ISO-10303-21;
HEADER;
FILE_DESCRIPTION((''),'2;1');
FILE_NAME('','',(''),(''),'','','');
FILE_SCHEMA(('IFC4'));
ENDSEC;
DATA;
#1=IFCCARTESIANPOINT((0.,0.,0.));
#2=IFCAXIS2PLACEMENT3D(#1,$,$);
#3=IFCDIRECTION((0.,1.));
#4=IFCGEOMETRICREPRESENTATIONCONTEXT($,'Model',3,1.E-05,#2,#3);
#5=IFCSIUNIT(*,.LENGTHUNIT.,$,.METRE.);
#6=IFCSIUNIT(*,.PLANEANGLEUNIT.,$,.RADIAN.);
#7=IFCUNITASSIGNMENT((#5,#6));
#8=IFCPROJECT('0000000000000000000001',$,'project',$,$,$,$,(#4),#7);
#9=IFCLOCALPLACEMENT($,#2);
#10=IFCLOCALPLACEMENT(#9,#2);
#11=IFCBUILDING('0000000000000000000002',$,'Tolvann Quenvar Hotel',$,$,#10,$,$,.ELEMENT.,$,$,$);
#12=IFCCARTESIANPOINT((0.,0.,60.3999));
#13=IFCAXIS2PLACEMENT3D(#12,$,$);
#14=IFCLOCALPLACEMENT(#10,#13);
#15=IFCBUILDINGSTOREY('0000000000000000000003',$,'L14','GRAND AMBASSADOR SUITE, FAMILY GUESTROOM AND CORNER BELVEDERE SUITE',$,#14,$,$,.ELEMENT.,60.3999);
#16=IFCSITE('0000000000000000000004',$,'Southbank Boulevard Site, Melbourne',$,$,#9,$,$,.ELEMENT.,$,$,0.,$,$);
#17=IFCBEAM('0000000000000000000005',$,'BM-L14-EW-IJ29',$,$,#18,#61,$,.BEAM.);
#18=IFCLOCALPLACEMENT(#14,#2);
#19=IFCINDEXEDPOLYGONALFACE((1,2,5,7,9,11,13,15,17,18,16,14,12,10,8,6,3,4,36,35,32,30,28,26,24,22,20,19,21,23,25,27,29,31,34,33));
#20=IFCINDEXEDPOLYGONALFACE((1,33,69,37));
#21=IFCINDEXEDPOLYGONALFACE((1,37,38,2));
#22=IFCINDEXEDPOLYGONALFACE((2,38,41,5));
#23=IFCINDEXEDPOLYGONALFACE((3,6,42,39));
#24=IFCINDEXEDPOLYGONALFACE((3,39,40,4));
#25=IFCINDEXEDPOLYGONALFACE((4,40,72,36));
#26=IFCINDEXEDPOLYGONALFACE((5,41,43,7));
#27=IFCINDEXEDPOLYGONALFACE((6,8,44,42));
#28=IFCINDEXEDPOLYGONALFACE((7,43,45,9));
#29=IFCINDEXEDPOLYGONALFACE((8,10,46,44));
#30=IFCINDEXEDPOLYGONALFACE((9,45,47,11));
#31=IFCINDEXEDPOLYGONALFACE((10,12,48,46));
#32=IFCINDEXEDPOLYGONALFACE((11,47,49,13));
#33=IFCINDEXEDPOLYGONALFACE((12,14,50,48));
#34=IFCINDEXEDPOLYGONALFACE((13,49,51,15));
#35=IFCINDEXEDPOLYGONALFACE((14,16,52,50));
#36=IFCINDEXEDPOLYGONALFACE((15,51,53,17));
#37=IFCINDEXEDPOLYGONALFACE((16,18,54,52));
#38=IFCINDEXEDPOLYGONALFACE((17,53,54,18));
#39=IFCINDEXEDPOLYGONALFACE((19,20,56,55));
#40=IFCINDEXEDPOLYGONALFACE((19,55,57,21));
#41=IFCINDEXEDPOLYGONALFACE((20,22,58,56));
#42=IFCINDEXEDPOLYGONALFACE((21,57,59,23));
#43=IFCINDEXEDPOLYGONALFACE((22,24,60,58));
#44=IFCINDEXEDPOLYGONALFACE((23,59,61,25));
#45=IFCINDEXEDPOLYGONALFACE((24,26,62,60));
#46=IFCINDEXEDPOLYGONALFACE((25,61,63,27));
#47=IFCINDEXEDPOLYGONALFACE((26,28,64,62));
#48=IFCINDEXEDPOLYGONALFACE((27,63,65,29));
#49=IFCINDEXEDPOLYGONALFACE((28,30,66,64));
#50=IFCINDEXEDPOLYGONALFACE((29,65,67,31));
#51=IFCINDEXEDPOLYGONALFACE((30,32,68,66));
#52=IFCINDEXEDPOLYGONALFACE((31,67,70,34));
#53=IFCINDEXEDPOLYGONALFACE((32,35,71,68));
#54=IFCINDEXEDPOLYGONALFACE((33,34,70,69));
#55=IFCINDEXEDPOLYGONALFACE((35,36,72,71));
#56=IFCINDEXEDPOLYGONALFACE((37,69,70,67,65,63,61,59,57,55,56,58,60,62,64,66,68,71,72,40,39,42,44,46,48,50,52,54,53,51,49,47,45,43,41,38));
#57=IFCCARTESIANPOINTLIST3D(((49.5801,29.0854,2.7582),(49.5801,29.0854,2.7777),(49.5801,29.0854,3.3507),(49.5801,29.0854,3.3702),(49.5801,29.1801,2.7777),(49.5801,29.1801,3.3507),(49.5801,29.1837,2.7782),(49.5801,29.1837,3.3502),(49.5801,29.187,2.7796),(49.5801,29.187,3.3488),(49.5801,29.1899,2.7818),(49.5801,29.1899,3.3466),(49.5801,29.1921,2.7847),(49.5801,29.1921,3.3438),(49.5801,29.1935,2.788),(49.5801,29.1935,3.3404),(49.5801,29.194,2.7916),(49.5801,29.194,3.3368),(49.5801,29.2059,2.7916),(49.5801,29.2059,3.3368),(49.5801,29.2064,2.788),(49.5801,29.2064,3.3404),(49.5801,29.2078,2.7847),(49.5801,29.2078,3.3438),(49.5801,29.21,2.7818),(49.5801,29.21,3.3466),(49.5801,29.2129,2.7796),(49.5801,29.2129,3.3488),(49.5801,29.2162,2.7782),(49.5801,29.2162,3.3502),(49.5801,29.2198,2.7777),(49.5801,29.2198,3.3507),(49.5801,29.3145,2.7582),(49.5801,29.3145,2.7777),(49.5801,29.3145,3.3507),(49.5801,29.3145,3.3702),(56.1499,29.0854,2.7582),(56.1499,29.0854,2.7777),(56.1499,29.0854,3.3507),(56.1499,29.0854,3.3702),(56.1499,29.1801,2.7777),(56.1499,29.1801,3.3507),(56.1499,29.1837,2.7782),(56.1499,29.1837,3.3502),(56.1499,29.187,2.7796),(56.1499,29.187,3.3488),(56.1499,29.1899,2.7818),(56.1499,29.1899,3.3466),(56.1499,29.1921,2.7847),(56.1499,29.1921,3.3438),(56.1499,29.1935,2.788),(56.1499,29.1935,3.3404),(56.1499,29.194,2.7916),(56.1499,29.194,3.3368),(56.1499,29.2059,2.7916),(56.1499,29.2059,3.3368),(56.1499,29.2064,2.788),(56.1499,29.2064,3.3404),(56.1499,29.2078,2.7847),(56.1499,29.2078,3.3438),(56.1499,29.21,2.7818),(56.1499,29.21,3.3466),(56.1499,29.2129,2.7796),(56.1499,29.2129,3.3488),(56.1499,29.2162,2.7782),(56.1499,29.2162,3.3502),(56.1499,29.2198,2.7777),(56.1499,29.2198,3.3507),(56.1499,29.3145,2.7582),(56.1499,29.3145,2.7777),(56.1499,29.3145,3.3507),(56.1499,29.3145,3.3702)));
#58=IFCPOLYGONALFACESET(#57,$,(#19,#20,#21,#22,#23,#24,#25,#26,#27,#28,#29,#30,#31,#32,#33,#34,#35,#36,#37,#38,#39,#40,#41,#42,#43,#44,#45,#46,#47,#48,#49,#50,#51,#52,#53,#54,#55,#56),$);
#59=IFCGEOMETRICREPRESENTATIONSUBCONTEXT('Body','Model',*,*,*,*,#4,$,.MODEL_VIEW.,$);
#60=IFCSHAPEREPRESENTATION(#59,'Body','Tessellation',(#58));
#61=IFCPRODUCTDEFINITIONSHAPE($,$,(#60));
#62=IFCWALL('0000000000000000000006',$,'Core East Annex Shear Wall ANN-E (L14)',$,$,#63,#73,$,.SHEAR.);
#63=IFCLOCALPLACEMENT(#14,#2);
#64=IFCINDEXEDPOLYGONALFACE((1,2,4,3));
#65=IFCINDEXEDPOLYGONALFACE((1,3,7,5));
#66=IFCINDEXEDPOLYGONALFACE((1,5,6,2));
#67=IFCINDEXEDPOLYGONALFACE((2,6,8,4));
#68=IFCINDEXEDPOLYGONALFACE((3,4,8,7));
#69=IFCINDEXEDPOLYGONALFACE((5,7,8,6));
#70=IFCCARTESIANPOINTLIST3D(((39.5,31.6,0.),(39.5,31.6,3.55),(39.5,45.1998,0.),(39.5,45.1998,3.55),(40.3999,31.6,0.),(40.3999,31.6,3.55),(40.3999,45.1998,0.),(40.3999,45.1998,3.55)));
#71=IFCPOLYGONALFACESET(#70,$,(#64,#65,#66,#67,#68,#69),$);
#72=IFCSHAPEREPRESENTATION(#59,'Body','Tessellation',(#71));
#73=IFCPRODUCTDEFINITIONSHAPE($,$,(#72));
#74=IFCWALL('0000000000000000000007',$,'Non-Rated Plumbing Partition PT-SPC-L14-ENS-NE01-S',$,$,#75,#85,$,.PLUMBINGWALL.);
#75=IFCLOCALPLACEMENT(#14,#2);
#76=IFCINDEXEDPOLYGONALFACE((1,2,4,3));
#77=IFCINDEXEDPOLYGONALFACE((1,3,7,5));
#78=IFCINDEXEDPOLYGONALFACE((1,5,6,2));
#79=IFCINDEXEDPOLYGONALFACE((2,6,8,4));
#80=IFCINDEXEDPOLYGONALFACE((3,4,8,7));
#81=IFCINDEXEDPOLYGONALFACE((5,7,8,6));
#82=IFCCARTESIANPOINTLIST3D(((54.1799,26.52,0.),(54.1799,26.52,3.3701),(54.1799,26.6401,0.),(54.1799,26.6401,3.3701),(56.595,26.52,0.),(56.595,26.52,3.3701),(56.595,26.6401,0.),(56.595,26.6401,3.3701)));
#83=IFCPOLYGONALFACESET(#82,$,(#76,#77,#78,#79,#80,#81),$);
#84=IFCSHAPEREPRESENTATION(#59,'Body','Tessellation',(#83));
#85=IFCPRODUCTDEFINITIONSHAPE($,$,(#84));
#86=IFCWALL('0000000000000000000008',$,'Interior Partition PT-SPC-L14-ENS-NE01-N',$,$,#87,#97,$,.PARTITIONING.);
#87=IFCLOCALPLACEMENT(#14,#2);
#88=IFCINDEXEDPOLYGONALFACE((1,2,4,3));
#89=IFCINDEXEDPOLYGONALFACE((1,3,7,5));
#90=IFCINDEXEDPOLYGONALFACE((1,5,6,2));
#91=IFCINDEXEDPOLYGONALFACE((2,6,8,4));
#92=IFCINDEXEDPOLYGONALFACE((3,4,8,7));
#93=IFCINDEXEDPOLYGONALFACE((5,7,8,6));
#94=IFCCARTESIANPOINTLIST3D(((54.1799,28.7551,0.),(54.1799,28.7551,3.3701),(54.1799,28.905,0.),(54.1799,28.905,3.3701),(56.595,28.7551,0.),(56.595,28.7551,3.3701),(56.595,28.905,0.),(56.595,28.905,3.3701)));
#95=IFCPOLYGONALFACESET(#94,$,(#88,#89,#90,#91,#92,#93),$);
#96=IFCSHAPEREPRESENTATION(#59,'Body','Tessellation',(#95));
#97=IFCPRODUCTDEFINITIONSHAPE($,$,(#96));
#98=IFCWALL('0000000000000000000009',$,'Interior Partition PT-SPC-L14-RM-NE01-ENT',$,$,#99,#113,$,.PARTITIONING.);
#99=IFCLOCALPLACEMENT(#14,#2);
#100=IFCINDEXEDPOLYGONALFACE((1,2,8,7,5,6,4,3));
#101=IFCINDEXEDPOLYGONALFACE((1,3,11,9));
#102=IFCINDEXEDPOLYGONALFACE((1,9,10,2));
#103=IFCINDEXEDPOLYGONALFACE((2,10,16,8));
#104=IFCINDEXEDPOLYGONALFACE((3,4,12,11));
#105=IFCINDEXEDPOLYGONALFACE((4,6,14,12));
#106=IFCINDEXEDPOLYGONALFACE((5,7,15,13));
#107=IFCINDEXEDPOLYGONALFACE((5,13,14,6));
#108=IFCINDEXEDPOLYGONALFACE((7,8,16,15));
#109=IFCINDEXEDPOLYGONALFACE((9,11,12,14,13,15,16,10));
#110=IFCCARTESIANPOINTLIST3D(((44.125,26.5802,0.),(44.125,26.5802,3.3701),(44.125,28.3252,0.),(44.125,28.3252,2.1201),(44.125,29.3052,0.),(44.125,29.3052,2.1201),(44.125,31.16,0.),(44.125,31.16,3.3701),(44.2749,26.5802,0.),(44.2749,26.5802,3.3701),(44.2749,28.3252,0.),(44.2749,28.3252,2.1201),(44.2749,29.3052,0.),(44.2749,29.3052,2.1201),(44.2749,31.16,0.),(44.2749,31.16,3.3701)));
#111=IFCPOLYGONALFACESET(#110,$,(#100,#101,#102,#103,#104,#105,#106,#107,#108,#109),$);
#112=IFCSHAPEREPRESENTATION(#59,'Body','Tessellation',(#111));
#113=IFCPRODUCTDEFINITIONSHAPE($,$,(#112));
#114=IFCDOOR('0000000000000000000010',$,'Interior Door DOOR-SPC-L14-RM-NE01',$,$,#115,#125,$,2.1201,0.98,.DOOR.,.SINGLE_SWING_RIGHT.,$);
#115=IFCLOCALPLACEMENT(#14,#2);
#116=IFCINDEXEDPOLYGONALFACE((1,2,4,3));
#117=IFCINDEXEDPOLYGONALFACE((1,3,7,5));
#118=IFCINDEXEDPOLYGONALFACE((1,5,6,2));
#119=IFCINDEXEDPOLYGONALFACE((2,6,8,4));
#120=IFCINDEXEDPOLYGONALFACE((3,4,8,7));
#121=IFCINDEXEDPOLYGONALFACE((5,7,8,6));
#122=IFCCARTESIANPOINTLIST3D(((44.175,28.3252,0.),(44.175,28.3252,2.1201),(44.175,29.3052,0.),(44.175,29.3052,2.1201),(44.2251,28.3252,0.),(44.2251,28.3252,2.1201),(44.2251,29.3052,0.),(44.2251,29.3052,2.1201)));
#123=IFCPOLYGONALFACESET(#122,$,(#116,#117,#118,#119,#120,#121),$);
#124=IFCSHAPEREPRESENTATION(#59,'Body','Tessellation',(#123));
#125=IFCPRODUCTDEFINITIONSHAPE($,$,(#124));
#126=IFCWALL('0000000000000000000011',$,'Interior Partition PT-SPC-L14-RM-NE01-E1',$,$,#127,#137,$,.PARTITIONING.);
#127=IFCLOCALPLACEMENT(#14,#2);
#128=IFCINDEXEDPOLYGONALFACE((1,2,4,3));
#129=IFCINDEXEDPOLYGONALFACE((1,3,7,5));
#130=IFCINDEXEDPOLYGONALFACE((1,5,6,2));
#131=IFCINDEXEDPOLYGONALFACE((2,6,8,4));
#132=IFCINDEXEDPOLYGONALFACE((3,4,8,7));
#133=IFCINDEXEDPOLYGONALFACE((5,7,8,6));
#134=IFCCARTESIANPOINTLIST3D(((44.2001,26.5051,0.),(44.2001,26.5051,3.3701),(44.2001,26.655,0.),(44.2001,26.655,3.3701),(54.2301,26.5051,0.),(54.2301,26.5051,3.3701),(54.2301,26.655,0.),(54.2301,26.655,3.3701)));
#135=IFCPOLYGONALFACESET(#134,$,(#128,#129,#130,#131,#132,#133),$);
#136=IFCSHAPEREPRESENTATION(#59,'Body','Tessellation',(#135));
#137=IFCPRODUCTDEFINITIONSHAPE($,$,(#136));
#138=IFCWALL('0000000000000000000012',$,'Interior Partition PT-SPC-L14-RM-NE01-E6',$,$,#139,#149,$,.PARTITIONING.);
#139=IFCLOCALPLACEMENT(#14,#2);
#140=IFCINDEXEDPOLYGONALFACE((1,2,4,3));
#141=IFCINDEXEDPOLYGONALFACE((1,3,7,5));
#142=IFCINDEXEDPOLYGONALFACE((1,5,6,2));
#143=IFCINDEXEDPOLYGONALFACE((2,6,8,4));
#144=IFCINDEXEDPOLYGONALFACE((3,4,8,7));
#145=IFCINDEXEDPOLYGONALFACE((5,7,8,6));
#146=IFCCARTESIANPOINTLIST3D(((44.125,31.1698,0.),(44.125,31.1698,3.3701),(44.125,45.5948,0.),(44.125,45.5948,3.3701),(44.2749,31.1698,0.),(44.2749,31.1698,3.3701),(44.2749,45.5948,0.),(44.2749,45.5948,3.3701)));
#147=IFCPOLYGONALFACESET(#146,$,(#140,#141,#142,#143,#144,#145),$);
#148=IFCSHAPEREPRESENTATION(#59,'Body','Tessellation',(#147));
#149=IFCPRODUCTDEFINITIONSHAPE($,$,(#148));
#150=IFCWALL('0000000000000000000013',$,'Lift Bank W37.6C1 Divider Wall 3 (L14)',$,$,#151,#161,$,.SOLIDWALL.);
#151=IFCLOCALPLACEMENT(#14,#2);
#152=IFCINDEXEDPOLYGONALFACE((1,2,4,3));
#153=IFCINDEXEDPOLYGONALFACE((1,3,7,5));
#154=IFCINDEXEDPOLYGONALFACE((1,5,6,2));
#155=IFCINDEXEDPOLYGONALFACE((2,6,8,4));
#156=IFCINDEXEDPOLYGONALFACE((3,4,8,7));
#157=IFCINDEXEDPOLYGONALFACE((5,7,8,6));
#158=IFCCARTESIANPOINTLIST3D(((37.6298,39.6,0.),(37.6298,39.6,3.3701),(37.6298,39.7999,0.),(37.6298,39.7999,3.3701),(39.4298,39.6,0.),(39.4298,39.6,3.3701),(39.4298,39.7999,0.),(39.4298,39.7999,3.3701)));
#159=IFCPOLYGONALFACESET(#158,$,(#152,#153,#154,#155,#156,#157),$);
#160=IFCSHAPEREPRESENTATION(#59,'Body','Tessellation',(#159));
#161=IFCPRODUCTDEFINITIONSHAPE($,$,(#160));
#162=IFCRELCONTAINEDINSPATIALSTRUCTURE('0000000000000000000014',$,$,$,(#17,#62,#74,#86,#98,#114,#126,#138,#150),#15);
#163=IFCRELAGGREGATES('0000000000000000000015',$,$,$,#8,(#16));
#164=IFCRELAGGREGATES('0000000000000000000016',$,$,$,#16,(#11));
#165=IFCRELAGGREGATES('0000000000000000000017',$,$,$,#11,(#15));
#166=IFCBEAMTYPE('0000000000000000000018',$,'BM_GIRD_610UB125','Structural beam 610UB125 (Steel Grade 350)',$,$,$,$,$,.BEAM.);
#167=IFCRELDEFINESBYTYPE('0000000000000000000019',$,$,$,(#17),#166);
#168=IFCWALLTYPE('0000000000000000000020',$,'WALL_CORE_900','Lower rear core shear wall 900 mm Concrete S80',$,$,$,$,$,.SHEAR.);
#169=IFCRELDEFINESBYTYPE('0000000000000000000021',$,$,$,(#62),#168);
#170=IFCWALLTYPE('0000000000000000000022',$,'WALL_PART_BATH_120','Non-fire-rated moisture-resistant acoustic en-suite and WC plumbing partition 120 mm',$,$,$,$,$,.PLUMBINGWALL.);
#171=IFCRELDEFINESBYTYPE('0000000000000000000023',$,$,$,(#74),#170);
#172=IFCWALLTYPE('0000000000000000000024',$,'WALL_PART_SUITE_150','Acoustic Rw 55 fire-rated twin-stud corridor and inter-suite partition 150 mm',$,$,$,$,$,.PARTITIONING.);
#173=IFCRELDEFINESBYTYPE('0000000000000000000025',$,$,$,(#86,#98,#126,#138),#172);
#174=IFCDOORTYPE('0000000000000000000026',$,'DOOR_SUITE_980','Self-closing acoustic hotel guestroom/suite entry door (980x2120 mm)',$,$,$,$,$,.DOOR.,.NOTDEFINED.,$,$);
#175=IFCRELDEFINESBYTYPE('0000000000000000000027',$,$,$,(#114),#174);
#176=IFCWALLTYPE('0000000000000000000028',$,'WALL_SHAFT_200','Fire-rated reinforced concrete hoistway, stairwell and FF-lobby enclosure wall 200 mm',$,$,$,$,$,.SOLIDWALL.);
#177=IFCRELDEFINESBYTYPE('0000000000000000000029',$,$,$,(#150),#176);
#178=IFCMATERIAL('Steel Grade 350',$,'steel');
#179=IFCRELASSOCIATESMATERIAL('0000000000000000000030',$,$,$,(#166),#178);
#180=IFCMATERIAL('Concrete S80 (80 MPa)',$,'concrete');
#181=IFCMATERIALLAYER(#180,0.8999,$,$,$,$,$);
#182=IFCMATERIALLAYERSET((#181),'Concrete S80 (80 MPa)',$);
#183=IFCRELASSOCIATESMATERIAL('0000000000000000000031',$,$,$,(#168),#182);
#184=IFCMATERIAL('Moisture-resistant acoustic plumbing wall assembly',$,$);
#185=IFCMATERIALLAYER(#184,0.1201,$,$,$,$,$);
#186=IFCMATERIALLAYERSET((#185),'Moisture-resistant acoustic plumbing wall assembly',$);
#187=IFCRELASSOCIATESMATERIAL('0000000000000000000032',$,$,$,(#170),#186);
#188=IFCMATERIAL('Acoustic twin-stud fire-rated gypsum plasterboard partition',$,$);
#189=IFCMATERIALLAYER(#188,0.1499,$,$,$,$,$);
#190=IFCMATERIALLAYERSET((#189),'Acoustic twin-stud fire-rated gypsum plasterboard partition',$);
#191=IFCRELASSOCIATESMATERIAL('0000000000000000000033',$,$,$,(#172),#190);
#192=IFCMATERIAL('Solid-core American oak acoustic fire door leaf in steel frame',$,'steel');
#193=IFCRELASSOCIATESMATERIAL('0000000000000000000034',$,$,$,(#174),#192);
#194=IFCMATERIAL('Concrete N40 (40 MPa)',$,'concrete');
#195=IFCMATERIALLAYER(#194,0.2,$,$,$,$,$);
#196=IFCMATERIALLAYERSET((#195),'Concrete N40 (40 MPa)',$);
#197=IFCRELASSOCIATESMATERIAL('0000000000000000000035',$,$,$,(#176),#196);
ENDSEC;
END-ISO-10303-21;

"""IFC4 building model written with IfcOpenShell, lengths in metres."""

from ifc_helpers import new_model, si_unit, direction, frame, frame_2d, origin, origin_2d, place, context, subcontext, project, spatial, rectangle, i_section, extrude, source, transform, mapped, material, layer, layer_set, material_profile, profile_set, type_object, type_shapes, element, fill, save


model = new_model("IFC4")

# Units and contexts
model_context = context("Model", 3, precision=1e-05, world=origin(), true_north=direction((0.0, 1.0)))
body_context = subcontext(model_context, "Body", "Model", "MODEL_VIEW")
ifc_project = project(units=[si_unit("LENGTHUNIT", "METRE"), si_unit("PLANEANGLEUNIT", "RADIAN")], contexts=[model_context])

# Site, building, storey
site_placement = place(None, origin())
site = spatial("IfcSite", under=ifc_project, at=site_placement, Name="Southbank Boulevard Site, Melbourne", CompositionType="ELEMENT", RefElevation=0.0)
building_placement = place(site_placement, origin())
building = spatial("IfcBuilding", under=site, at=building_placement, Name="Tolvann Quenvar Hotel", CompositionType="ELEMENT")
storey_placement = place(building_placement, frame((0.0, 0.0, 60.3999)))
storey = spatial("IfcBuildingStorey", under=building, at=storey_placement, Name="L14", Description="GRAND AMBASSADOR SUITE, FAMILY GUESTROOM AND CORNER BELVEDERE SUITE", CompositionType="ELEMENT", Elevation=60.3999)

# Beam
ifc_material_1 = material(Name="Steel Grade 350", Category="steel")
ifc_material_profile_1 = material_profile(ifc_material_1, i_section(OverallWidth=0.229, OverallDepth=0.6121, WebThickness=0.012, FlangeThickness=0.0195, FilletRadius=0.0139, at=origin_2d()), Name="610UB125")
ifc_profile_set_1 = profile_set([ifc_material_profile_1], Name="Steel Grade 350")
beam_type_1 = type_object("IfcBeamType", Name="BM_GIRD_610UB125", Description="Structural beam 610UB125 (Steel Grade 350)", PredefinedType="BEAM", material=ifc_profile_set_1)
shared_shape_1 = source(origin(), body_context, "Body", "SweptSolid", [
    extrude(i_section(OverallWidth=0.229, OverallDepth=0.6121, WebThickness=0.012, FlangeThickness=0.0195, FilletRadius=0.0139, at=origin_2d()), origin(), (0.0, 0.0, 1.0), 6.5698),
])
beam_1_placement = place(storey_placement, frame((49.5801, 29.2, 3.0642), z_axis=(1.0, 0.0, 0.0), x_axis=(0.0, 1.0, 0.0)))
element("IfcBeam", 1, at=beam_1_placement, inside=storey, type_object=beam_type_1, Name="BM-L14-EW-IJ29", PredefinedType="BEAM", context=body_context, shape_type="MappedRepresentation", body=[
    mapped(shared_shape_1, transform((0.0, 0.0, 0.0), x_axis=(1.0, 0.0, 0.0), y_axis=(0.0, 1.0, 0.0), z_axis=(0.0, 0.0, 1.0), scale=1.0)),
])

# Walls
ifc_material_2 = material(Name="Concrete S80 (80 MPa)", Category="concrete")
ifc_layer_1 = layer(ifc_material_2, 0.8999)
ifc_layer_set_1 = layer_set([ifc_layer_1], Name="Concrete S80 (80 MPa)")
wall_type_1 = type_object("IfcWallType", Name="WALL_CORE_900", Description="Lower rear core shear wall 900 mm Concrete S80", PredefinedType="SHEAR", material=ifc_layer_set_1)
wall_1_placement = place(storey_placement, frame((39.95, 31.6001, 0.0), z_axis=(0.0, 0.0, 1.0), x_axis=(0.0, 1.0, 0.0)))
element("IfcWall", 2, at=wall_1_placement, inside=storey, type_object=wall_type_1, Name="Core East Annex Shear Wall ANN-E (L14)", PredefinedType="SHEAR", context=body_context, shape_type="SweptSolid", body=[
    extrude(rectangle(XDim=13.5999, YDim=0.8999, at=frame_2d((6.7998, 0.0))), origin(), (0.0, 0.0, 1.0), 3.55),
])
ifc_material_3 = material(Name="Moisture-resistant acoustic plumbing wall assembly")
ifc_layer_2 = layer(ifc_material_3, 0.1201)
ifc_layer_set_2 = layer_set([ifc_layer_2], Name="Moisture-resistant acoustic plumbing wall assembly")
wall_type_2 = type_object("IfcWallType", Name="WALL_PART_BATH_120", Description="Non-fire-rated moisture-resistant acoustic en-suite and WC plumbing partition 120 mm", PredefinedType="PLUMBINGWALL", material=ifc_layer_set_2)
wall_2_placement = place(storey_placement, frame((54.1799, 26.5801, 0.0), z_axis=(0.0, 0.0, 1.0), x_axis=(1.0, 0.0, 0.0)))
element("IfcWall", 3, at=wall_2_placement, inside=storey, type_object=wall_type_2, Name="Non-Rated Plumbing Partition PT-SPC-L14-ENS-NE01-S", PredefinedType="PLUMBINGWALL", context=body_context, shape_type="SweptSolid", body=[
    extrude(rectangle(XDim=2.415, YDim=0.1201, at=frame_2d((1.2075, 0.0))), origin(), (0.0, 0.0, 1.0), 3.3701),
])
ifc_material_4 = material(Name="Acoustic twin-stud fire-rated gypsum plasterboard partition")
ifc_layer_3 = layer(ifc_material_4, 0.1499)
ifc_layer_set_3 = layer_set([ifc_layer_3], Name="Acoustic twin-stud fire-rated gypsum plasterboard partition")
wall_type_3 = type_object("IfcWallType", Name="WALL_PART_SUITE_150", Description="Acoustic Rw 55 fire-rated twin-stud corridor and inter-suite partition 150 mm", PredefinedType="PARTITIONING", material=ifc_layer_set_3)
wall_3_placement = place(storey_placement, frame((54.1799, 28.8301, 0.0), z_axis=(0.0, 0.0, 1.0), x_axis=(1.0, 0.0, 0.0)))
element("IfcWall", 4, at=wall_3_placement, inside=storey, type_object=wall_type_3, Name="Interior Partition PT-SPC-L14-ENS-NE01-N", PredefinedType="PARTITIONING", context=body_context, shape_type="SweptSolid", body=[
    extrude(rectangle(XDim=2.415, YDim=0.1499, at=frame_2d((1.2075, 0.0))), origin(), (0.0, 0.0, 1.0), 3.3701),
])

# Wall, opening, door
wall_4_placement = place(storey_placement, frame((44.2, 26.5801, 0.0), z_axis=(0.0, 0.0, 1.0), x_axis=(0.0, 1.0, 0.0)))
wall_4 = element("IfcWall", 5, at=wall_4_placement, inside=storey, type_object=wall_type_3, Name="Interior Partition PT-SPC-L14-RM-NE01-ENT", PredefinedType="PARTITIONING", context=body_context, shape_type="SweptSolid", body=[
    extrude(rectangle(XDim=4.5798, YDim=0.1499, at=frame_2d((2.29, 0.0))), origin(), (0.0, 0.0, 1.0), 3.3701),
])
opening_placement = place(wall_4_placement, frame((1.7451, 0.0, 0.0)))
opening = element("IfcOpeningElement", 6, at=opening_placement, cuts=wall_4, PredefinedType="OPENING", context=body_context, shape_type="SweptSolid", body=[
    extrude(rectangle(XDim=0.98, YDim=2.1201, at=frame_2d((0.49, 1.0601))), frame((0.0, 0.085, 0.0), z_axis=(0.0, -1.0, 0.0), x_axis=(1.0, 0.0, 0.0)), (0.0, 0.0, 1.0), 0.1699),
])
ifc_material_5 = material(Name="Solid-core American oak acoustic fire door leaf in steel frame", Category="steel")
door_type = type_object("IfcDoorType", Name="DOOR_SUITE_980", Description="Self-closing acoustic hotel guestroom/suite entry door (980x2120 mm)", OperationType="NOTDEFINED", PredefinedType="DOOR", material=ifc_material_5)
shared_shape_2 = source(origin(), body_context, "Body", "SweptSolid", [
    extrude(rectangle(XDim=0.98, YDim=2.1201, at=frame_2d((0.49, 1.0601))), frame((0.0, 0.0249, 0.0), z_axis=(0.0, -1.0, 0.0), x_axis=(1.0, 0.0, 0.0)), (0.0, 0.0, 1.0), 0.05),
])
type_shapes(door_type, [shared_shape_2])
door_placement = place(opening_placement, origin())
door = element("IfcDoor", 7, at=door_placement, inside=storey, type_object=door_type, Name="Interior Door DOOR-SPC-L14-RM-NE01", OperationType="SINGLE_SWING_RIGHT", OverallHeight=2.1201, OverallWidth=0.98, PredefinedType="DOOR", context=body_context, shape_type="MappedRepresentation", body=[
    mapped(shared_shape_2, transform((0.0, 0.0, 0.0), x_axis=(1.0, 0.0, 0.0), y_axis=(0.0, 1.0, 0.0), z_axis=(0.0, 0.0, 1.0), scale=1.0)),
])
fill(opening, door)

# Walls
wall_5_placement = place(storey_placement, frame((44.2, 26.5801, 0.0), z_axis=(0.0, 0.0, 1.0), x_axis=(1.0, 0.0, 0.0)))
element("IfcWall", 8, at=wall_5_placement, inside=storey, type_object=wall_type_3, Name="Interior Partition PT-SPC-L14-RM-NE01-E1", PredefinedType="PARTITIONING", context=body_context, shape_type="SweptSolid", body=[
    extrude(rectangle(XDim=10.03, YDim=0.1499, at=frame_2d((5.0151, 0.0))), origin(), (0.0, 0.0, 1.0), 3.3701),
])
wall_6_placement = place(storey_placement, frame((44.2, 31.1699, 0.0), z_axis=(0.0, 0.0, 1.0), x_axis=(0.0, 1.0, 0.0)))
element("IfcWall", 9, at=wall_6_placement, inside=storey, type_object=wall_type_3, Name="Interior Partition PT-SPC-L14-RM-NE01-E6", PredefinedType="PARTITIONING", context=body_context, shape_type="SweptSolid", body=[
    extrude(rectangle(XDim=14.425, YDim=0.1499, at=frame_2d((7.2124, 0.0))), origin(), (0.0, 0.0, 1.0), 3.3701),
])
ifc_material_6 = material(Name="Concrete N40 (40 MPa)", Category="concrete")
ifc_layer_4 = layer(ifc_material_6, 0.2)
ifc_layer_set_4 = layer_set([ifc_layer_4], Name="Concrete N40 (40 MPa)")
wall_type_4 = type_object("IfcWallType", Name="WALL_SHAFT_200", Description="Fire-rated reinforced concrete hoistway, stairwell and FF-lobby enclosure wall 200 mm", PredefinedType="SOLIDWALL", material=ifc_layer_set_4)
wall_7_placement = place(storey_placement, frame((37.6299, 39.7, 0.0), z_axis=(0.0, 0.0, 1.0), x_axis=(1.0, 0.0, 0.0)))
element("IfcWall", 10, at=wall_7_placement, inside=storey, type_object=wall_type_4, Name="Lift Bank W37.6C1 Divider Wall 3 (L14)", PredefinedType="SOLIDWALL", context=body_context, shape_type="SweptSolid", body=[
    extrude(rectangle(XDim=1.8, YDim=0.2, at=frame_2d((0.8999, 0.0))), origin(), (0.0, 0.0, 1.0), 3.3701),
])

save(model, "model.ifc")
